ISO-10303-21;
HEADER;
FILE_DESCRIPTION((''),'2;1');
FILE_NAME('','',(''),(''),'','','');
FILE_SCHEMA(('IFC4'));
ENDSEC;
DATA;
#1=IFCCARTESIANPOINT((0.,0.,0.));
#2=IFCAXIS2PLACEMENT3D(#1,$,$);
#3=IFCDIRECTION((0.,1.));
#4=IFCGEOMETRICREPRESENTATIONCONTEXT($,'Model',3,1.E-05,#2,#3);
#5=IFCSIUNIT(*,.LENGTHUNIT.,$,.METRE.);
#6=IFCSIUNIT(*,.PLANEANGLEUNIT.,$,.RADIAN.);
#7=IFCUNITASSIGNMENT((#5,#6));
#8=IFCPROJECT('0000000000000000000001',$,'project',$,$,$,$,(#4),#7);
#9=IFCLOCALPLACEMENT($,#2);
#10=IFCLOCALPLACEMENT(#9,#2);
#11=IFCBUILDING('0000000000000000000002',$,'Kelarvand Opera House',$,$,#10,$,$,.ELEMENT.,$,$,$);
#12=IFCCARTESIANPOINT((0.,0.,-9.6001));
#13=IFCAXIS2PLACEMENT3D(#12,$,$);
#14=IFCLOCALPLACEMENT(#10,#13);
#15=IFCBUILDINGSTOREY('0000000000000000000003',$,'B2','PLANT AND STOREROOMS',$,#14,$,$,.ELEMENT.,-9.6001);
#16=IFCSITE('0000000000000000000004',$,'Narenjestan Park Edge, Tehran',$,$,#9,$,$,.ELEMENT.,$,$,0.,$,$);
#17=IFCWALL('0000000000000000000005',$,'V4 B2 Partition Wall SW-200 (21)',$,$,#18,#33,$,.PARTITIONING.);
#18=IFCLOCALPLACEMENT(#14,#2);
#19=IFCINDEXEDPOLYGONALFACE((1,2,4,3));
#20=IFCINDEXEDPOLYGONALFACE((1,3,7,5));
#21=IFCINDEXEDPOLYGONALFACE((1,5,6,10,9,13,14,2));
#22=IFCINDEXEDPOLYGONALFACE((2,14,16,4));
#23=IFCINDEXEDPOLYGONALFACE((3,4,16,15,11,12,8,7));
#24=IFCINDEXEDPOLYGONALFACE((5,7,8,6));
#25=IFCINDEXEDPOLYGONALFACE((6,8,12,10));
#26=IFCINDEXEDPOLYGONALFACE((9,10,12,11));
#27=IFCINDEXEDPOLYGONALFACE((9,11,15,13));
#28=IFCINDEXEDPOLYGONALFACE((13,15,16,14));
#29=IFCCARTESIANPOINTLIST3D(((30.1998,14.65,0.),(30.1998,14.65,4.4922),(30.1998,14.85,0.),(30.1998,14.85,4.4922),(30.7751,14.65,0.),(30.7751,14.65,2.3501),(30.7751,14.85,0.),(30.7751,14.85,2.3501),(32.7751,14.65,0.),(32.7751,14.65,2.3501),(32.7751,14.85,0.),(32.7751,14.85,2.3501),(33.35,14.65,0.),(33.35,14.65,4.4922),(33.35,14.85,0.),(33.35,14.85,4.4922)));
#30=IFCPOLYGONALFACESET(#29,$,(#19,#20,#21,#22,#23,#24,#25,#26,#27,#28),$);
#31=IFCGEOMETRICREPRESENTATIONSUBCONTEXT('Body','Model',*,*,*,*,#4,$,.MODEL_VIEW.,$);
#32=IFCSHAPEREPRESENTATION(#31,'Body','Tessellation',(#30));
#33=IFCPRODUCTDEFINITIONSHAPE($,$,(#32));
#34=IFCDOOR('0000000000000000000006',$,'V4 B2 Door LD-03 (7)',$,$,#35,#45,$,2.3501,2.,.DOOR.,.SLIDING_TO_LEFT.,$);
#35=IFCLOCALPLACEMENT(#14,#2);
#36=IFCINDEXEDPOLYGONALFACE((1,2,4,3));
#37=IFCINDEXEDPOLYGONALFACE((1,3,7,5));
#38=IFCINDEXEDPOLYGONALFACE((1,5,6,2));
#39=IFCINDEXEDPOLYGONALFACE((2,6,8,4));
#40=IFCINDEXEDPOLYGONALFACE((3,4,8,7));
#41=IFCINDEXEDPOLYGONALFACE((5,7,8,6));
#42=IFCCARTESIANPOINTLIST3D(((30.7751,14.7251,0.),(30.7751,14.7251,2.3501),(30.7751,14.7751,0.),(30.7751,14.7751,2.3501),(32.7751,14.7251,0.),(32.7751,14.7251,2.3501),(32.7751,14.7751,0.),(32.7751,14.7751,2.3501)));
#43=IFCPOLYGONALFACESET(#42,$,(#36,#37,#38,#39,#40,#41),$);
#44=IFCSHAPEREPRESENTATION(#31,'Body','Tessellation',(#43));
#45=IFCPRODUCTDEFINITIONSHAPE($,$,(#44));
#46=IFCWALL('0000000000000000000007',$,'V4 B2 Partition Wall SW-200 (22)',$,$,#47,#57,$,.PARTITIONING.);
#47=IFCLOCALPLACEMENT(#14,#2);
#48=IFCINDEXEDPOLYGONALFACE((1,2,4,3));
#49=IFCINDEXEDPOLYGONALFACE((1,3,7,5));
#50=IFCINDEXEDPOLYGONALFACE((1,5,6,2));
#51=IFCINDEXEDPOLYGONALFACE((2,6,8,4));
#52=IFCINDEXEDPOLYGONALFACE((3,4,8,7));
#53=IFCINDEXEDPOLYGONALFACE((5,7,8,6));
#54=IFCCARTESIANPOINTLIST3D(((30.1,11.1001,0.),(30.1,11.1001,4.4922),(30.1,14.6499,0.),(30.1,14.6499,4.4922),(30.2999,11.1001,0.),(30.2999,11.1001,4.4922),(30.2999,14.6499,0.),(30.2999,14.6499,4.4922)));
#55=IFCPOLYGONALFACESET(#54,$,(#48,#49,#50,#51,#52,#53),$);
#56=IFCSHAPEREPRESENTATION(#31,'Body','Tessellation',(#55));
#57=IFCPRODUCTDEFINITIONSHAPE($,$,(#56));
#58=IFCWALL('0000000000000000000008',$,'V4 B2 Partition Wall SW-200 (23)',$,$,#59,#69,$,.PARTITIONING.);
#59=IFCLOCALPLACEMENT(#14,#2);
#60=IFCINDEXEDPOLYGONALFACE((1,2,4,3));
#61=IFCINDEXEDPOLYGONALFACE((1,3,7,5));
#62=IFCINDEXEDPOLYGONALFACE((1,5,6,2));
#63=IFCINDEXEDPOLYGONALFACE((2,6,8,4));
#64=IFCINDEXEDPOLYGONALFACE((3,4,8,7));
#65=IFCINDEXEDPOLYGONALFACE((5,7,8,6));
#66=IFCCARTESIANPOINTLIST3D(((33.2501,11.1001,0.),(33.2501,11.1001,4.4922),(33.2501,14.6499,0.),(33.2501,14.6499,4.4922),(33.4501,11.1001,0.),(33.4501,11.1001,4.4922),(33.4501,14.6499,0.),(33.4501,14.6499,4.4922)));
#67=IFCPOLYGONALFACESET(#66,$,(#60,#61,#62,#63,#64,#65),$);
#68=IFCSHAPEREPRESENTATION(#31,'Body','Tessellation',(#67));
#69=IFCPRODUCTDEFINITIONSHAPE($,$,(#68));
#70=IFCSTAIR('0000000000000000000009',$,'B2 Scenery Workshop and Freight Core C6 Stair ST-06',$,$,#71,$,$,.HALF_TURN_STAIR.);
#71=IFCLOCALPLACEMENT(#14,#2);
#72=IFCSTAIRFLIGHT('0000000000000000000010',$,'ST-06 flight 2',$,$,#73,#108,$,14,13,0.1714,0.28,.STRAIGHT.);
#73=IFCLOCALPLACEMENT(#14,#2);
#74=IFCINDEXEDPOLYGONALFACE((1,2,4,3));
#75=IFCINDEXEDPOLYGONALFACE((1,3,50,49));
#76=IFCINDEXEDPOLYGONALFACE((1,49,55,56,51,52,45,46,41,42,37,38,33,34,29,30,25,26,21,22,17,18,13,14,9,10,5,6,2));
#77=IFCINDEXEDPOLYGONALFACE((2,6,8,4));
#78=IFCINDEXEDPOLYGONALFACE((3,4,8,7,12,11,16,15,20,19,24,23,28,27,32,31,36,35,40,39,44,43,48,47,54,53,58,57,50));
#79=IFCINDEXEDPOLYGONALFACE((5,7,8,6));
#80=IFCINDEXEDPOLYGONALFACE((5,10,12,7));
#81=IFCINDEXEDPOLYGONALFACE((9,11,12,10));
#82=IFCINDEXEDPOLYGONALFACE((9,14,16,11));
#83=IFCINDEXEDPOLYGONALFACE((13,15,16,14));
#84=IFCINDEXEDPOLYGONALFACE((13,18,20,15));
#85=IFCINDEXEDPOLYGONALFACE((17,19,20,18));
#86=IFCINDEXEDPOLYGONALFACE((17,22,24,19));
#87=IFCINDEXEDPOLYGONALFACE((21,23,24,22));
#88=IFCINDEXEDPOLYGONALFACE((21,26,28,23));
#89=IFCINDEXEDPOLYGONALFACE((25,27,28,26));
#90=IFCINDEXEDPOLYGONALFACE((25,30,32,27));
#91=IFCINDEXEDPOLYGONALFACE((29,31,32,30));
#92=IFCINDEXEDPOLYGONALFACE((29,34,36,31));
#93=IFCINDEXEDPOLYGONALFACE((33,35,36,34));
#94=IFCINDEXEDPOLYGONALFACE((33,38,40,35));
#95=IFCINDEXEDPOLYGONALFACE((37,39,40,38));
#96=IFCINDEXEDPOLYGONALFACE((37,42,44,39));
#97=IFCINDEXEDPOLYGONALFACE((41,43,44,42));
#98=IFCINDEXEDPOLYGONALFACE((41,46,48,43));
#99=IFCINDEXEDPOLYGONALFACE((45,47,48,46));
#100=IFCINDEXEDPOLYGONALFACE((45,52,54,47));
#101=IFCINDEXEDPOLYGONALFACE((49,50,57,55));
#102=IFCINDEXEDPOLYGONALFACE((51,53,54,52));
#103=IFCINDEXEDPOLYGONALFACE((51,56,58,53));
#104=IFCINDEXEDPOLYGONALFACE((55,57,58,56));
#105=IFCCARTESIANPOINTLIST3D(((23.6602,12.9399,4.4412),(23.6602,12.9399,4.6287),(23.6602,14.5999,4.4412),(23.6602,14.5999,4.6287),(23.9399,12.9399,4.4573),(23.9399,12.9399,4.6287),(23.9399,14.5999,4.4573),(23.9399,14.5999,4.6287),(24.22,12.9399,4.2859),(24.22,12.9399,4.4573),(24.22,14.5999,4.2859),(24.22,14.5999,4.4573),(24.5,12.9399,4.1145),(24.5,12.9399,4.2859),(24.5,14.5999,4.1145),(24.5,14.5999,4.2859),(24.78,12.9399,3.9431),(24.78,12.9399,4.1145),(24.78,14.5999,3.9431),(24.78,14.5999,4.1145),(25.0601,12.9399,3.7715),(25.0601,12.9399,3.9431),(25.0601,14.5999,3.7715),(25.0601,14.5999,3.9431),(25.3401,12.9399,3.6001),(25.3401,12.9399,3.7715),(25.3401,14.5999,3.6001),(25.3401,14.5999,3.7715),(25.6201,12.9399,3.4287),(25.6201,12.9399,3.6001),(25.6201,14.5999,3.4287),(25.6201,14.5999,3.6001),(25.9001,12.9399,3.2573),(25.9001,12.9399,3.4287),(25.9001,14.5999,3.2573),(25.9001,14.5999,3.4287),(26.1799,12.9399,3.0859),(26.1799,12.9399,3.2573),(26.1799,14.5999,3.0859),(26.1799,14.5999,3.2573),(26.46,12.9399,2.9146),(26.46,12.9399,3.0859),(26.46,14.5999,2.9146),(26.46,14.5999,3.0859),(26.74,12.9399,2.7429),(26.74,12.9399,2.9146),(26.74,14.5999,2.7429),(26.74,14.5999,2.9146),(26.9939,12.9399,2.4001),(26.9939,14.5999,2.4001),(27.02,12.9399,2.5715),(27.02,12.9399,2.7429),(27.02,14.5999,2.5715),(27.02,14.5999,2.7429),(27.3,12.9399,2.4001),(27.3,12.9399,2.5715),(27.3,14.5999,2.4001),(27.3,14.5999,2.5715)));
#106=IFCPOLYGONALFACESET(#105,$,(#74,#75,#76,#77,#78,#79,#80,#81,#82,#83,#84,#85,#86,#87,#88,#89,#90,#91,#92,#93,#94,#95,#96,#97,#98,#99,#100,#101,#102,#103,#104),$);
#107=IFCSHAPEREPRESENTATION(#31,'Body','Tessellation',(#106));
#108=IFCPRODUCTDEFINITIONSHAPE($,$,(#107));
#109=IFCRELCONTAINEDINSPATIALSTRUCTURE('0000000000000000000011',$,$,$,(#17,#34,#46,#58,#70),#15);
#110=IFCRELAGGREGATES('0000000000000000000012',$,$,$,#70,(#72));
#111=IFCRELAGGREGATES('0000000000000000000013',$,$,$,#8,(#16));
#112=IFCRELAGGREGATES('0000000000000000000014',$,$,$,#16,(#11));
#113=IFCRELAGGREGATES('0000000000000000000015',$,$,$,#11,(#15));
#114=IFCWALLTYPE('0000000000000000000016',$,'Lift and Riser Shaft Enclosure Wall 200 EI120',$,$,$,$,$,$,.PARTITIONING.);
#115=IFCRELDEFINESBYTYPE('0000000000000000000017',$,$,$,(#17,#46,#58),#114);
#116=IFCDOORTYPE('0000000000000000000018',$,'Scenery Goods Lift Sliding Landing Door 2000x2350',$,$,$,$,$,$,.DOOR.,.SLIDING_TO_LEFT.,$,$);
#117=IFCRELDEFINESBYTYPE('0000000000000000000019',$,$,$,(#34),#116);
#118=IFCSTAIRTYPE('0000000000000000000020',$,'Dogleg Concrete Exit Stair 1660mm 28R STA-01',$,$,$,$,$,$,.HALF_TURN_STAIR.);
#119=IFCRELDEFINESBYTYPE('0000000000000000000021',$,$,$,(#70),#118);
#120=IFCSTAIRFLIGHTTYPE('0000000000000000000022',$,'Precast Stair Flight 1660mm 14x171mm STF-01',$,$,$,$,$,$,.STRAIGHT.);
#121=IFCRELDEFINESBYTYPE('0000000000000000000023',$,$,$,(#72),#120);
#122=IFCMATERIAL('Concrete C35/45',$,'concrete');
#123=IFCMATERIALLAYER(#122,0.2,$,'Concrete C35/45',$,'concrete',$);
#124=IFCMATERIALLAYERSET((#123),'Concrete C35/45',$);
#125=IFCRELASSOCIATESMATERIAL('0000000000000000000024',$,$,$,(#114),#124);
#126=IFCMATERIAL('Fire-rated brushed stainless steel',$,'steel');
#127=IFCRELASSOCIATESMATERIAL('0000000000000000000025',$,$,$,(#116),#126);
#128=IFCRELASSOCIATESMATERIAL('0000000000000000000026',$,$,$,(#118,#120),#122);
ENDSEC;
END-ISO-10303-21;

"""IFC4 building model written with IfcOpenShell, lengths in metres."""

from ifc_helpers import new_model, si_unit, direction, frame, frame_2d, origin, place, context, subcontext, project, spatial, polyline, rectangle, outline, extrude, material, layer, layer_set, type_object, element, fill, aggregate, save


model = new_model("IFC4")

# Units and contexts
model_context = context("Model", 3, precision=1e-05, world=origin(), true_north=direction((0.0, 1.0)))
body_context = subcontext(model_context, "Body", "Model", "MODEL_VIEW")
ifc_project = project(units=[si_unit("LENGTHUNIT", "METRE"), si_unit("PLANEANGLEUNIT", "RADIAN")], contexts=[model_context])

# Site, building, storey
site_placement = place(None, origin())
site = spatial("IfcSite", under=ifc_project, at=site_placement, Name="Narenjestan Park Edge, Tehran", CompositionType="ELEMENT", RefElevation=0.0)
building_placement = place(site_placement, origin())
building = spatial("IfcBuilding", under=site, at=building_placement, Name="Kelarvand Opera House", CompositionType="ELEMENT")
storey_placement = place(building_placement, frame((0.0, 0.0, -9.6001)))
storey = spatial("IfcBuildingStorey", under=building, at=storey_placement, Name="B2", Description="PLANT AND STOREROOMS", CompositionType="ELEMENT", Elevation=-9.6001)

# Shared definitions
ifc_material_1 = material(Name="Concrete C35/45", Category="concrete")

# Shared definitions
ifc_layer_1 = layer(ifc_material_1, 0.2, Name="Concrete C35/45", Category="concrete")
ifc_layer_set_1 = layer_set([ifc_layer_1], Name="Concrete C35/45")
wall_type_1 = type_object("IfcWallType", Name="Lift and Riser Shaft Enclosure Wall 200 EI120", PredefinedType="PARTITIONING", material=ifc_layer_set_1)

# Wall, opening, door
wall_1_placement = place(storey_placement, frame((33.3501, 14.75, 0.0), z_axis=(0.0, 0.0, 1.0), x_axis=(-1.0, 0.0, 0.0)))
wall_1 = element("IfcWall", 1, at=wall_1_placement, inside=storey, type_object=wall_type_1, Name="V4 B2 Partition Wall SW-200 (21)", PredefinedType="PARTITIONING", context=body_context, shape_type="SweptSolid", body=[
    extrude(rectangle(XDim=3.1501, YDim=0.2, at=frame_2d((1.5752, 0.0))), origin(), (0.0, 0.0, 1.0), 4.4922),
])
opening_placement = place(wall_1_placement, frame((0.575, 0.0, 0.0)))
opening = element("IfcOpeningElement", 2, at=opening_placement, cuts=wall_1, PredefinedType="OPENING", context=body_context, shape_type="SweptSolid", body=[
    extrude(rectangle(XDim=2.0, YDim=2.3501, at=frame_2d((1.0, 1.175))), frame((0.0, 0.1099, 0.0), z_axis=(0.0, -1.0, 0.0), x_axis=(1.0, 0.0, 0.0)), (0.0, 0.0, 1.0), 0.22),
])
ifc_material_2 = material(Name="Fire-rated brushed stainless steel", Category="steel")
door_type = type_object("IfcDoorType", Name="Scenery Goods Lift Sliding Landing Door 2000x2350", OperationType="SLIDING_TO_LEFT", PredefinedType="DOOR", material=ifc_material_2)
door_placement = place(opening_placement, origin())
door = element("IfcDoor", 3, at=door_placement, inside=storey, type_object=door_type, Name="V4 B2 Door LD-03 (7)", OperationType="SLIDING_TO_LEFT", OverallHeight=2.3501, OverallWidth=2.0, PredefinedType="DOOR", context=body_context, shape_type="SweptSolid", body=[
    extrude(rectangle(XDim=2.0, YDim=2.3501, at=frame_2d((1.0, 1.175))), frame((0.0, 0.0249, 0.0), z_axis=(0.0, -1.0, 0.0), x_axis=(1.0, 0.0, 0.0)), (0.0, 0.0, 1.0), 0.05),
])
fill(opening, door)

# Walls
for number, where, z_axis, x_axis, name in (
    (4, (30.2, 11.1001, 0.0), (0.0, 0.0, 1.0), (0.0, 1.0, 0.0), "V4 B2 Partition Wall SW-200 (22)"),
    (5, (33.3501, 14.6499, 0.0), (0.0, 0.0, 1.0), (0.0, -1.0, 0.0), "V4 B2 Partition Wall SW-200 (23)"),
):
    element("IfcWall", number, at=place(storey_placement, frame(where, z_axis=z_axis, x_axis=x_axis)), inside=storey, type_object=wall_type_1, Name=name, PredefinedType="PARTITIONING", context=body_context, shape_type="SweptSolid", body=[
        extrude(rectangle(XDim=3.5498, YDim=0.2, at=frame_2d((1.7749, 0.0))), origin(), (0.0, 0.0, 1.0), 4.4922),
    ])

# Stair, stair flight
stair_type = type_object("IfcStairType", Name="Dogleg Concrete Exit Stair 1660mm 28R STA-01", PredefinedType="HALF_TURN_STAIR", material=ifc_material_1)
stair_placement = place(storey_placement, origin())
stair = element("IfcStair", 6, at=stair_placement, inside=storey, type_object=stair_type, Name="B2 Scenery Workshop and Freight Core C6 Stair ST-06", PredefinedType="HALF_TURN_STAIR")
stair_flight_type = type_object("IfcStairFlightType", Name="Precast Stair Flight 1660mm 14x171mm STF-01", PredefinedType="STRAIGHT", material=ifc_material_1)
stair_flight_placement = place(storey_placement, frame((27.3, 13.77, 2.4001), z_axis=(0.0, 0.0, 1.0), x_axis=(-1.0, 0.0, 0.0)))
stair_flight = element("IfcStairFlight", 7, at=stair_flight_placement, type_object=stair_flight_type, Name="ST-06 flight 2", NumberOfRisers=14, NumberOfTreads=13, PredefinedType="STRAIGHT", RiserHeight=0.1714, TreadLength=0.28, context=body_context, shape_type="SweptSolid", body=[
    extrude(outline(polyline([(0.0, 0.0), (0.0, 0.1714), (0.28, 0.1714), (0.28, 0.3428), (0.5601, 0.3428), (0.5601, 0.5144), (0.8401, 0.5144), (0.8401, 0.6858), (1.1201, 0.6858), (1.1201, 0.8572), (1.3999, 0.8572), (1.3999, 1.0286), (1.6799, 1.0286), (1.6799, 1.2), (1.96, 1.2), (1.96, 1.3713), (2.24, 1.3713), (2.24, 1.543), (2.52, 1.543), (2.52, 1.7144), (2.8, 1.7144), (2.8, 1.8857), (3.0801, 1.8857), (3.0801, 2.0571), (3.3601, 2.0571), (3.3601, 2.2285), (3.6399, 2.2285), (3.6399, 2.3999), (3.6399, 2.041), (0.3062, 0.0), (0.0, 0.0)])), frame((0.0, 0.8301, 0.0), z_axis=(0.0, -1.0, 0.0), x_axis=(1.0, 0.0, 0.0)), (0.0, 0.0, 1.0), 1.6599),
])
aggregate(stair, [stair_flight])

save(model, "model.ifc")
